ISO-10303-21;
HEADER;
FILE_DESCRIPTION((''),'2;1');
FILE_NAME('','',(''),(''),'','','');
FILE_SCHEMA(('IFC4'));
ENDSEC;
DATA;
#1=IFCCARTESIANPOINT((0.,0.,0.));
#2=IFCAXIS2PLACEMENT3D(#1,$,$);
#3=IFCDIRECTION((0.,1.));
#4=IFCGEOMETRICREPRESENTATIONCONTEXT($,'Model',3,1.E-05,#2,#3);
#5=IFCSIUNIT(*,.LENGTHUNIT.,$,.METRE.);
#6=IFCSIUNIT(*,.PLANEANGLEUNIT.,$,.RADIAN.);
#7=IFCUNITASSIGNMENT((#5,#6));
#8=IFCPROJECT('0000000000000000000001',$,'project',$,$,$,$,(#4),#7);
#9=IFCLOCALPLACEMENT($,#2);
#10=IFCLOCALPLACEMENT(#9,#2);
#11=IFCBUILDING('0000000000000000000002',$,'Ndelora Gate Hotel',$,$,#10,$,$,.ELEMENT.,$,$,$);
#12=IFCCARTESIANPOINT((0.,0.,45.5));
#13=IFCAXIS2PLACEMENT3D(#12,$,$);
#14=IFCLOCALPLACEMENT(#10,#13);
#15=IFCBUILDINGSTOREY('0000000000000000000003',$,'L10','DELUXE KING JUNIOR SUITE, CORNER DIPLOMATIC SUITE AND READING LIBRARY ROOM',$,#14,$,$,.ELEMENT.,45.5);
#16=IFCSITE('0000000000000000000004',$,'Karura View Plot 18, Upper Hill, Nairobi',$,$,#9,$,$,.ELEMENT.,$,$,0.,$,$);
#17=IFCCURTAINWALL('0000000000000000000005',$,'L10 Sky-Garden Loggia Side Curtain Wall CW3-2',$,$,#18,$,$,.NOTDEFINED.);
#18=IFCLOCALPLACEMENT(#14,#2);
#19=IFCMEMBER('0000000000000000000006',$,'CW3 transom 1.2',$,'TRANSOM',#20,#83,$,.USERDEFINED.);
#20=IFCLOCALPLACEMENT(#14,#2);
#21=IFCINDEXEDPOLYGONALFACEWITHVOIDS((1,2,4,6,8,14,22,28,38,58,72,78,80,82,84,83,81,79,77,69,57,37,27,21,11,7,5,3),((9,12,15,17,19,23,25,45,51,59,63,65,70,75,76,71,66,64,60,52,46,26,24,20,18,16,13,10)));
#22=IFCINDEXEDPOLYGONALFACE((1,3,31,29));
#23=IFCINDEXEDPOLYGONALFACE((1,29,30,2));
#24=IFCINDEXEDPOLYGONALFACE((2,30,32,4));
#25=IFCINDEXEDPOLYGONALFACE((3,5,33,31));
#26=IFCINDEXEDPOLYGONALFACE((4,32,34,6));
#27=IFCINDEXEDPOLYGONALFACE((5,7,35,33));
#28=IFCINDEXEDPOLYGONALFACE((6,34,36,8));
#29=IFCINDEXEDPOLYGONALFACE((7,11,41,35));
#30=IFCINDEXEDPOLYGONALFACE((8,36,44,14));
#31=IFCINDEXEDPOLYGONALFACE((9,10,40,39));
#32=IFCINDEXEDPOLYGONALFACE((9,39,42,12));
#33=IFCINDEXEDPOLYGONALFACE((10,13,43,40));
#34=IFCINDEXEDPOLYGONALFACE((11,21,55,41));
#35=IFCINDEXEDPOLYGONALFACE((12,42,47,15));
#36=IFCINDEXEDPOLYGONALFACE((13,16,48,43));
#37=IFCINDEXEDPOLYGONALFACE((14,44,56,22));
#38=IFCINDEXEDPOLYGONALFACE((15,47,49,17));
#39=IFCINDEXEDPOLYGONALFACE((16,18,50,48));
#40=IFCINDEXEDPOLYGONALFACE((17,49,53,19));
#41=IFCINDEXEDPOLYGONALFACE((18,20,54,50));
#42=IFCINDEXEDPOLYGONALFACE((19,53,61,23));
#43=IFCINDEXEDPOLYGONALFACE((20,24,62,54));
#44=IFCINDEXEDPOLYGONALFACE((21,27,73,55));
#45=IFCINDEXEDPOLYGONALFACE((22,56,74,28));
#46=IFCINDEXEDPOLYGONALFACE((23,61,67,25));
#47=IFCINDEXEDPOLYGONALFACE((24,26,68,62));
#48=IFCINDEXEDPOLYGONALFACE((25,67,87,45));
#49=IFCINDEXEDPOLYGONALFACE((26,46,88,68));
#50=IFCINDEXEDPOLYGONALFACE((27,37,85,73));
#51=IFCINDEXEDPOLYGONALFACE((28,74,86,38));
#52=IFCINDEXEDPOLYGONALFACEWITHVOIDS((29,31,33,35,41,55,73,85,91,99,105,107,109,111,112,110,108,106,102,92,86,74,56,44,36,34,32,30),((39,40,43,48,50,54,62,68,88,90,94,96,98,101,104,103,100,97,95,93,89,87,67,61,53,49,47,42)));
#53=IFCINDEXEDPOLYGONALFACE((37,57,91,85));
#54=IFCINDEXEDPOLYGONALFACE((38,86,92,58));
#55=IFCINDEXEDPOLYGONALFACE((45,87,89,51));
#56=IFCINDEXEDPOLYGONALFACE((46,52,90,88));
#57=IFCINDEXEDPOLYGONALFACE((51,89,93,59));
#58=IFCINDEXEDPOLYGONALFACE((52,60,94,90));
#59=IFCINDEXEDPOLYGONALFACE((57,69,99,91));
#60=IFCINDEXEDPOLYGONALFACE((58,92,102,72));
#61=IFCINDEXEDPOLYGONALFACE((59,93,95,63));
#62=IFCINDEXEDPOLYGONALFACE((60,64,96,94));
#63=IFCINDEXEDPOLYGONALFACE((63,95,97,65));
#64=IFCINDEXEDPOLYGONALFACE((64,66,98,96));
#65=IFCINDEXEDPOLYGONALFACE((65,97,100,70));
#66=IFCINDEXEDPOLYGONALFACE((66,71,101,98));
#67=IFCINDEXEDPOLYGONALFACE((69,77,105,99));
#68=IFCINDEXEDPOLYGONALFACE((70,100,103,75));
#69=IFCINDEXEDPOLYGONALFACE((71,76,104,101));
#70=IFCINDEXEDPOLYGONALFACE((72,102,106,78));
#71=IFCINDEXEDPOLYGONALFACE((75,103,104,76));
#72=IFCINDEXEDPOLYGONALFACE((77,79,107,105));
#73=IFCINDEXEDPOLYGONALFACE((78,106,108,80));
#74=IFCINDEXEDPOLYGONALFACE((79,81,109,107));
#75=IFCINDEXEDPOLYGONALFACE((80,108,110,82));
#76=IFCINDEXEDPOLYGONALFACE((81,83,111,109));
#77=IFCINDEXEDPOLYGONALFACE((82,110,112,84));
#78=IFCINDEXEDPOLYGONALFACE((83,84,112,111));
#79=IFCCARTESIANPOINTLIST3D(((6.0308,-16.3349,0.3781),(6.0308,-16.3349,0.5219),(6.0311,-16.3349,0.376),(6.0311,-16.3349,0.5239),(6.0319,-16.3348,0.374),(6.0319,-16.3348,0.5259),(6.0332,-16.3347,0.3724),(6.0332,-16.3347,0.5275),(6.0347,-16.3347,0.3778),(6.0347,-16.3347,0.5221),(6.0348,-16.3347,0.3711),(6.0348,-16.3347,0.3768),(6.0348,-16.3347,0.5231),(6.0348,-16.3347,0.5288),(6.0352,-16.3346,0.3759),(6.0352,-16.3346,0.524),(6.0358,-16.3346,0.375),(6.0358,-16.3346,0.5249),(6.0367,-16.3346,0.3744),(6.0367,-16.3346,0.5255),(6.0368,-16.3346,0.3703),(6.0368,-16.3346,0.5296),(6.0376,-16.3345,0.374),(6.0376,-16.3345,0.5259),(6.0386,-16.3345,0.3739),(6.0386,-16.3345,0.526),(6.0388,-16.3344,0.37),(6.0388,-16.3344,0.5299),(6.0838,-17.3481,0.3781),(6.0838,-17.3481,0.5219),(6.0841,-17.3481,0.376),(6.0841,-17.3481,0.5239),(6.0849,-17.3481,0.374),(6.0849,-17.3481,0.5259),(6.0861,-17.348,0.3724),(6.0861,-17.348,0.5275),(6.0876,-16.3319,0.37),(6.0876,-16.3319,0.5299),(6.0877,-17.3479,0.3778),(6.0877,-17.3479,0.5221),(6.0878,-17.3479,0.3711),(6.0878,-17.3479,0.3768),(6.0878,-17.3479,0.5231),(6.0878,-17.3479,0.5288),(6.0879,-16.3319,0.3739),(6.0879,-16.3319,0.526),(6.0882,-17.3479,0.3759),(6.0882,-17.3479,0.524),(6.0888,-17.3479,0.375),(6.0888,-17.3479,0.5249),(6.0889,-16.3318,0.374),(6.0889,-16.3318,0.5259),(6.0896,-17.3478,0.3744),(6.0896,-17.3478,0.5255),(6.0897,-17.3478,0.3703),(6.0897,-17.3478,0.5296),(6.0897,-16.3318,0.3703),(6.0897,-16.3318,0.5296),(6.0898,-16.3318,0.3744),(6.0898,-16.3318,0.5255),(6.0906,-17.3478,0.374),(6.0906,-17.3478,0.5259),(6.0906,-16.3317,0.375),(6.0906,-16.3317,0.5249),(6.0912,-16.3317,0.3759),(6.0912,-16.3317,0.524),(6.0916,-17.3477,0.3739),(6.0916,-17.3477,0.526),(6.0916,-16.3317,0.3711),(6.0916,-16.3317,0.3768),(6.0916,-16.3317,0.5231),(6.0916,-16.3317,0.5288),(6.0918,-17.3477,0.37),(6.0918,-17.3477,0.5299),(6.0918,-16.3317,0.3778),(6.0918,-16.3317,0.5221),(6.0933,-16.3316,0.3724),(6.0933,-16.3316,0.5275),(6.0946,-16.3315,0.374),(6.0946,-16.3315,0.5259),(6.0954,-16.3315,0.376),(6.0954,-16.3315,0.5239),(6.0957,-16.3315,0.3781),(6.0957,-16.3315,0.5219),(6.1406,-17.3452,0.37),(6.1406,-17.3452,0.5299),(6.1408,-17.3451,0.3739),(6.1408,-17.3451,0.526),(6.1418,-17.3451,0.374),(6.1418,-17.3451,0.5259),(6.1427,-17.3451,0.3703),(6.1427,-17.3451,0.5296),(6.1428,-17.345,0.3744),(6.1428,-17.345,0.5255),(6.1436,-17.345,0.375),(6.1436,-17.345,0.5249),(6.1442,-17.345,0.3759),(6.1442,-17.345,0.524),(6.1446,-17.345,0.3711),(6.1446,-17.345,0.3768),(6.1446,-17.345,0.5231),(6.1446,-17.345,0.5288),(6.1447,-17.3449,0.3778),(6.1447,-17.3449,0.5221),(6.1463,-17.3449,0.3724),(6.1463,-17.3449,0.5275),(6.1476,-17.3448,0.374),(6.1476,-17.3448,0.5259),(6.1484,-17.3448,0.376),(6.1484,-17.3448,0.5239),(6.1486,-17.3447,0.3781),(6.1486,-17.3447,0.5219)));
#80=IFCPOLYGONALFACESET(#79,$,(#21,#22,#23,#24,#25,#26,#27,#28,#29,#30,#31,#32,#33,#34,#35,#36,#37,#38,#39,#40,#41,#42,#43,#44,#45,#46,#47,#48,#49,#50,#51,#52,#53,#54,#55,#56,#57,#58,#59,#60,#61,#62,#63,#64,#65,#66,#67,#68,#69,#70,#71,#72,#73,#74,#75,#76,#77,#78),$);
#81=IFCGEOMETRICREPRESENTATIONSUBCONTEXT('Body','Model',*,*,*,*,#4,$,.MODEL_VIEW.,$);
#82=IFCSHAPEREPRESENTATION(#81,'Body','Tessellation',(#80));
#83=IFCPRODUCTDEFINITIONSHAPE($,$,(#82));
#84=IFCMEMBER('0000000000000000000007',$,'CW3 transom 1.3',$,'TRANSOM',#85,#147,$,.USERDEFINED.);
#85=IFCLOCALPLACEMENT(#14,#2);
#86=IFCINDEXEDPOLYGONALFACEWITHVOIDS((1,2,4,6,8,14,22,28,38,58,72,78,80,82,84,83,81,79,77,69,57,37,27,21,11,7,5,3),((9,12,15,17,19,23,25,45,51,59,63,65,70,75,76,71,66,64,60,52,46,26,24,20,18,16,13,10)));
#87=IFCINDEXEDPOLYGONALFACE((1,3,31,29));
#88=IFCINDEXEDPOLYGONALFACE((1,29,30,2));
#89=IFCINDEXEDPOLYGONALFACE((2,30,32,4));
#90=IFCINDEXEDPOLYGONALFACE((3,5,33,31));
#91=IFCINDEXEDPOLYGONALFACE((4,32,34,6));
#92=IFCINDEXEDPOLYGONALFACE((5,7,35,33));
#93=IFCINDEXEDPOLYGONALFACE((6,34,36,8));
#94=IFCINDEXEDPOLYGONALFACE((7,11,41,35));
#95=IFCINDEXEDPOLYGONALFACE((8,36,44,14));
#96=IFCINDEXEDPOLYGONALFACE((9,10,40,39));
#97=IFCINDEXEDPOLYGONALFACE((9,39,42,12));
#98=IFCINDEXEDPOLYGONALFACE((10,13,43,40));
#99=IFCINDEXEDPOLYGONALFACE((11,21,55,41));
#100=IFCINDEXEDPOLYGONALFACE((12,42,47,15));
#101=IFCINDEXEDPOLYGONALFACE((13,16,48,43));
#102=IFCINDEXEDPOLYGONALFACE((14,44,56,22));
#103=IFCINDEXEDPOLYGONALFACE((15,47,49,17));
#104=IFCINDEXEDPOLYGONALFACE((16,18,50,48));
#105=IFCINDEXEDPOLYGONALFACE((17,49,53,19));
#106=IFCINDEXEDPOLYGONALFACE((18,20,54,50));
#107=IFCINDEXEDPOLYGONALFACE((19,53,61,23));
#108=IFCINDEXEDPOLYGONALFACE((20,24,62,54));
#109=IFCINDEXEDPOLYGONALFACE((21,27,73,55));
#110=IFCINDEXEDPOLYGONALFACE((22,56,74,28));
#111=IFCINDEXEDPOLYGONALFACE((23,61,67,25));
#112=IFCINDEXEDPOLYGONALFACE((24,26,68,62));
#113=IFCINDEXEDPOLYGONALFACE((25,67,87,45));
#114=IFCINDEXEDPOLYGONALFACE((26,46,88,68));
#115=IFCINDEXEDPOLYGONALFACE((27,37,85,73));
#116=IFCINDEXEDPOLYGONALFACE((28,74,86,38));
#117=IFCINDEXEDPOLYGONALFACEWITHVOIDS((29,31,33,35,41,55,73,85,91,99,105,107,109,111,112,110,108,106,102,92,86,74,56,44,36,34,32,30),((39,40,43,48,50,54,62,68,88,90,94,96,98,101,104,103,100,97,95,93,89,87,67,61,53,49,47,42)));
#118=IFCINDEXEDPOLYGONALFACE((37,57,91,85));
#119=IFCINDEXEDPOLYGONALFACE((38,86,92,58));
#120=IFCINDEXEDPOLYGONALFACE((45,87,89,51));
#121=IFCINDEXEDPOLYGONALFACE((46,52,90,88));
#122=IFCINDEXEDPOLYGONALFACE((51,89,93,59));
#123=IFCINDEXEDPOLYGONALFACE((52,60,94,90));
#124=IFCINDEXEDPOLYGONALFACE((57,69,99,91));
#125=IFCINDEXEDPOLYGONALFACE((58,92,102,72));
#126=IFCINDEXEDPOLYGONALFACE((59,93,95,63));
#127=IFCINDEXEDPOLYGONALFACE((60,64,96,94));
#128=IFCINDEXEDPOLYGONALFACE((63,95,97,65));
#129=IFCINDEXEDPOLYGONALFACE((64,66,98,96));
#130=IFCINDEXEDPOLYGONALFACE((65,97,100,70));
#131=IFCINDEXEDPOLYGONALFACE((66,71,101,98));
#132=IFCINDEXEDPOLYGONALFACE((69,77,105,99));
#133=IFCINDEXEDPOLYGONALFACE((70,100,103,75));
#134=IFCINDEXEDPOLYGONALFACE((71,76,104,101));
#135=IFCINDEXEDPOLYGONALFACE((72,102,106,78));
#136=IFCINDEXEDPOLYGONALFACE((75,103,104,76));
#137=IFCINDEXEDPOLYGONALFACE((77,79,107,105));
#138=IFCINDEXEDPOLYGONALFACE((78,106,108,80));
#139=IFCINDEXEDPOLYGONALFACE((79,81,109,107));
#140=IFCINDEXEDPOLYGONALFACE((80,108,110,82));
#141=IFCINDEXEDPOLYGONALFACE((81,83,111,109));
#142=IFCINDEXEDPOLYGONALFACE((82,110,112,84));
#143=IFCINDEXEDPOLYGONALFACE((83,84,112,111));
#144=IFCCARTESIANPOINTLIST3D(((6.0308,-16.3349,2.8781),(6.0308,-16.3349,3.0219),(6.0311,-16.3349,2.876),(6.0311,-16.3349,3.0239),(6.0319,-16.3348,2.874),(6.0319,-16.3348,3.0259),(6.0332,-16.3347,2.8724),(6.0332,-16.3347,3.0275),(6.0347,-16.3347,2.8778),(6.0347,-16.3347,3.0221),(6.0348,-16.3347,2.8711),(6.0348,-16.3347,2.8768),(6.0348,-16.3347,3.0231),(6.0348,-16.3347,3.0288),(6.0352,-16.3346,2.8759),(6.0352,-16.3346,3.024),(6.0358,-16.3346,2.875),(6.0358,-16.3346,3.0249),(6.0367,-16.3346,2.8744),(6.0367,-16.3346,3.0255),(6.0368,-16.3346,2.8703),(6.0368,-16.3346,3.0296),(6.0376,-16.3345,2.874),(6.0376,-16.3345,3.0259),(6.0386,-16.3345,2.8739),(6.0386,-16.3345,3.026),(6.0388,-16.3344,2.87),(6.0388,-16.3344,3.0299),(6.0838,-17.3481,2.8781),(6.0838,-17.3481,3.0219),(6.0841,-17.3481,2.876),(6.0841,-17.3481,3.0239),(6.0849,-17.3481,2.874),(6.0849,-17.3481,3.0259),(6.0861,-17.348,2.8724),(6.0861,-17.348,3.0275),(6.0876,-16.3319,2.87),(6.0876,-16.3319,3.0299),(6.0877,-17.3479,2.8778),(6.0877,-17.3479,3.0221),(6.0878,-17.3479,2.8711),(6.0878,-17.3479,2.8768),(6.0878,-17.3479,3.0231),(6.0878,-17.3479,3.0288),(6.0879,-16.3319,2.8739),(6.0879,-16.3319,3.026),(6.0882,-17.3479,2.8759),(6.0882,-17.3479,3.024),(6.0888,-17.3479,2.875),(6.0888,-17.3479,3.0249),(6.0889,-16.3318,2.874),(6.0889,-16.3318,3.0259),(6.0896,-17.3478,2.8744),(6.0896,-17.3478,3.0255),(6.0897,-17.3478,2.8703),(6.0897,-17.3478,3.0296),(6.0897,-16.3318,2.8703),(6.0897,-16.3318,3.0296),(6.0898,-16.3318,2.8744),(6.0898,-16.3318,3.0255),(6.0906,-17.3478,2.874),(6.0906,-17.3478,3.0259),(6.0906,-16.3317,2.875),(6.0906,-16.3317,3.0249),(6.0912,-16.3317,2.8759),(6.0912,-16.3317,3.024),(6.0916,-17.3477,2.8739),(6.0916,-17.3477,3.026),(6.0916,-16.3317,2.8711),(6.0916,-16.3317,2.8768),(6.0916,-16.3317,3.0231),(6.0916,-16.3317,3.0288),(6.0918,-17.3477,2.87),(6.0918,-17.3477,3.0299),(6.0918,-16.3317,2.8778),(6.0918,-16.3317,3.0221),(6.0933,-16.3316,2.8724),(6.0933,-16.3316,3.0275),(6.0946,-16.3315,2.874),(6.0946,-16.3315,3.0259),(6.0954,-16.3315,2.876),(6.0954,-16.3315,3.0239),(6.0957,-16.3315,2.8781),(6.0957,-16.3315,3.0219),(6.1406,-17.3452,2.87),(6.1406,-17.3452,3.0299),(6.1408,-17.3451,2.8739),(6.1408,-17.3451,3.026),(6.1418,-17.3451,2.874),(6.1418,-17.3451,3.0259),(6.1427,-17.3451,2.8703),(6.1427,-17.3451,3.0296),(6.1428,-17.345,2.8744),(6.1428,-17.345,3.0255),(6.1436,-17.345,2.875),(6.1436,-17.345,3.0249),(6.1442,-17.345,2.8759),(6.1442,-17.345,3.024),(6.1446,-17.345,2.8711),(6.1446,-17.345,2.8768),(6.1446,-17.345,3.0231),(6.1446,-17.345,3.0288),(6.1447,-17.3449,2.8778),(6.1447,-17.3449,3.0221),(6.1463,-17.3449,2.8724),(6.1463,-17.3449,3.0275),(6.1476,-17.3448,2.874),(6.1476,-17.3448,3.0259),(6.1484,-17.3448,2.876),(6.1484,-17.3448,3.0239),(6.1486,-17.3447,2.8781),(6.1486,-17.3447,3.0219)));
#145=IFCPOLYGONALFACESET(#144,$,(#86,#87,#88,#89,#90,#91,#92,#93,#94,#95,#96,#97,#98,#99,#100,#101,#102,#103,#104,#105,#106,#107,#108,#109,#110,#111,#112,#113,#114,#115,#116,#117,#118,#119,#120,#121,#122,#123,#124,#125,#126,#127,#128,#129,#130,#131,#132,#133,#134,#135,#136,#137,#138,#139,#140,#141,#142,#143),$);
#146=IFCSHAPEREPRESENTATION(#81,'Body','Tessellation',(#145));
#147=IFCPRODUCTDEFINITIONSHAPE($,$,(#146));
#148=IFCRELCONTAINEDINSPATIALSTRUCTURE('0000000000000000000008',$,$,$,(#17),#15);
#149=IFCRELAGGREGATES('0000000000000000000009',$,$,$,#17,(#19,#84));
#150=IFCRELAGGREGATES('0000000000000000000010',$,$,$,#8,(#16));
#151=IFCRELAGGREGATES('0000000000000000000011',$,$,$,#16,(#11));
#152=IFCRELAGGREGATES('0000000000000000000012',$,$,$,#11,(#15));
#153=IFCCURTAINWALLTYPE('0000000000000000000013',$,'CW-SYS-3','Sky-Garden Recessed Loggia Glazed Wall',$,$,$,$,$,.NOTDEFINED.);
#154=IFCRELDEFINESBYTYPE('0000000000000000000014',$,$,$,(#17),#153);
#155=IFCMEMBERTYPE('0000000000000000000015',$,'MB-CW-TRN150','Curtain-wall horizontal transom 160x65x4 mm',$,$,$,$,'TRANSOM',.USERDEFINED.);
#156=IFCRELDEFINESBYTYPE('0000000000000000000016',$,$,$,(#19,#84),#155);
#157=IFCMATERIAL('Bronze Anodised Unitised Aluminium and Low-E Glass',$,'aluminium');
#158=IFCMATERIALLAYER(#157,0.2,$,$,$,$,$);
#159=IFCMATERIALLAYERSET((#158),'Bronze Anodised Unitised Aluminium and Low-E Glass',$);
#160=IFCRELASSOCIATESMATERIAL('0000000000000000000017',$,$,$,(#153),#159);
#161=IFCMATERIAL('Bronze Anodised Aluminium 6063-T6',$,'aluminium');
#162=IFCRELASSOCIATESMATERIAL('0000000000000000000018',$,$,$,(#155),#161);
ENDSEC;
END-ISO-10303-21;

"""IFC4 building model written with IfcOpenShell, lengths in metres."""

from ifc_helpers import new_model, si_unit, direction, frame, origin, origin_2d, place, context, subcontext, project, spatial, hollow_rectangle, extrude, material, layer, layer_set, material_profile, profile_set, type_object, element, aggregate, save


model = new_model("IFC4")

# Units and contexts
model_context = context("Model", 3, precision=1e-05, world=origin(), true_north=direction((0.0, 1.0)))
body_context = subcontext(model_context, "Body", "Model", "MODEL_VIEW")
ifc_project = project(units=[si_unit("LENGTHUNIT", "METRE"), si_unit("PLANEANGLEUNIT", "RADIAN")], contexts=[model_context])

# Site, building, storey
site_placement = place(None, origin())
site = spatial("IfcSite", under=ifc_project, at=site_placement, Name="Karura View Plot 18, Upper Hill, Nairobi", CompositionType="ELEMENT", RefElevation=0.0)
building_placement = place(site_placement, origin())
building = spatial("IfcBuilding", under=site, at=building_placement, Name="Ndelora Gate Hotel", CompositionType="ELEMENT")
storey_placement = place(building_placement, frame((0.0, 0.0, 45.5)))
storey = spatial("IfcBuildingStorey", under=building, at=storey_placement, Name="L10", Description="DELUXE KING JUNIOR SUITE, CORNER DIPLOMATIC SUITE AND READING LIBRARY ROOM", CompositionType="ELEMENT", Elevation=45.5)

# Curtain wall, members
ifc_material_1 = material(Name="Bronze Anodised Unitised Aluminium and Low-E Glass", Category="aluminium")
ifc_layer_1 = layer(ifc_material_1, 0.2)
ifc_layer_set_1 = layer_set([ifc_layer_1], Name="Bronze Anodised Unitised Aluminium and Low-E Glass")
curtain_wall_type = type_object("IfcCurtainWallType", Name="CW-SYS-3", Description="Sky-Garden Recessed Loggia Glazed Wall", PredefinedType="NOTDEFINED", material=ifc_layer_set_1)
curtain_wall_placement = place(storey_placement, origin())
curtain_wall = element("IfcCurtainWall", 1, at=curtain_wall_placement, inside=storey, type_object=curtain_wall_type, Name="L10 Sky-Garden Loggia Side Curtain Wall CW3-2", PredefinedType="NOTDEFINED")
ifc_material_2 = material(Name="Bronze Anodised Aluminium 6063-T6", Category="aluminium")
ifc_material_profile_1 = material_profile(ifc_material_2, hollow_rectangle(XDim=0.0649, YDim=0.1599, WallThickness=0.0039, InnerFilletRadius=0.0039, OuterFilletRadius=0.0081, at=origin_2d()), Name="ALU 160x65x4")
ifc_profile_set_1 = profile_set([ifc_material_profile_1], Name="Bronze Anodised Aluminium 6063-T6")
member_type_1 = type_object("IfcMemberType", Name="MB-CW-TRN150", Description="Curtain-wall horizontal transom 160x65x4 mm", ElementType="TRANSOM", PredefinedType="USERDEFINED", material=ifc_profile_set_1)
member_1_placement = place(storey_placement, frame((6.1162, -17.3464, 0.45), z_axis=(-0.052218, 0.998636, 0.0), x_axis=(-0.998636, -0.052218, 0.0)))
member_1 = element("IfcMember", 2, at=member_1_placement, type_object=member_type_1, Name="CW3 transom 1.2", ObjectType="TRANSOM", PredefinedType="USERDEFINED", context=body_context, shape_type="SweptSolid", body=[
    extrude(hollow_rectangle(XDim=0.0649, YDim=0.1599, WallThickness=0.0039, InnerFilletRadius=0.0039, OuterFilletRadius=0.0081, at=origin_2d()), origin(), (0.0, 0.0, 1.0), 1.0146),
])
member_2_placement = place(storey_placement, frame((6.1162, -17.3464, 2.95), z_axis=(-0.052218, 0.998636, 0.0), x_axis=(-0.998636, -0.052218, 0.0)))
member_2 = element("IfcMember", 3, at=member_2_placement, type_object=member_type_1, Name="CW3 transom 1.3", ObjectType="TRANSOM", PredefinedType="USERDEFINED", context=body_context, shape_type="SweptSolid", body=[
    extrude(hollow_rectangle(XDim=0.0649, YDim=0.1599, WallThickness=0.0039, InnerFilletRadius=0.0039, OuterFilletRadius=0.0081, at=origin_2d()), origin(), (0.0, 0.0, 1.0), 1.0146),
])
aggregate(curtain_wall, [member_1, member_2])

save(model, "model.ifc")
